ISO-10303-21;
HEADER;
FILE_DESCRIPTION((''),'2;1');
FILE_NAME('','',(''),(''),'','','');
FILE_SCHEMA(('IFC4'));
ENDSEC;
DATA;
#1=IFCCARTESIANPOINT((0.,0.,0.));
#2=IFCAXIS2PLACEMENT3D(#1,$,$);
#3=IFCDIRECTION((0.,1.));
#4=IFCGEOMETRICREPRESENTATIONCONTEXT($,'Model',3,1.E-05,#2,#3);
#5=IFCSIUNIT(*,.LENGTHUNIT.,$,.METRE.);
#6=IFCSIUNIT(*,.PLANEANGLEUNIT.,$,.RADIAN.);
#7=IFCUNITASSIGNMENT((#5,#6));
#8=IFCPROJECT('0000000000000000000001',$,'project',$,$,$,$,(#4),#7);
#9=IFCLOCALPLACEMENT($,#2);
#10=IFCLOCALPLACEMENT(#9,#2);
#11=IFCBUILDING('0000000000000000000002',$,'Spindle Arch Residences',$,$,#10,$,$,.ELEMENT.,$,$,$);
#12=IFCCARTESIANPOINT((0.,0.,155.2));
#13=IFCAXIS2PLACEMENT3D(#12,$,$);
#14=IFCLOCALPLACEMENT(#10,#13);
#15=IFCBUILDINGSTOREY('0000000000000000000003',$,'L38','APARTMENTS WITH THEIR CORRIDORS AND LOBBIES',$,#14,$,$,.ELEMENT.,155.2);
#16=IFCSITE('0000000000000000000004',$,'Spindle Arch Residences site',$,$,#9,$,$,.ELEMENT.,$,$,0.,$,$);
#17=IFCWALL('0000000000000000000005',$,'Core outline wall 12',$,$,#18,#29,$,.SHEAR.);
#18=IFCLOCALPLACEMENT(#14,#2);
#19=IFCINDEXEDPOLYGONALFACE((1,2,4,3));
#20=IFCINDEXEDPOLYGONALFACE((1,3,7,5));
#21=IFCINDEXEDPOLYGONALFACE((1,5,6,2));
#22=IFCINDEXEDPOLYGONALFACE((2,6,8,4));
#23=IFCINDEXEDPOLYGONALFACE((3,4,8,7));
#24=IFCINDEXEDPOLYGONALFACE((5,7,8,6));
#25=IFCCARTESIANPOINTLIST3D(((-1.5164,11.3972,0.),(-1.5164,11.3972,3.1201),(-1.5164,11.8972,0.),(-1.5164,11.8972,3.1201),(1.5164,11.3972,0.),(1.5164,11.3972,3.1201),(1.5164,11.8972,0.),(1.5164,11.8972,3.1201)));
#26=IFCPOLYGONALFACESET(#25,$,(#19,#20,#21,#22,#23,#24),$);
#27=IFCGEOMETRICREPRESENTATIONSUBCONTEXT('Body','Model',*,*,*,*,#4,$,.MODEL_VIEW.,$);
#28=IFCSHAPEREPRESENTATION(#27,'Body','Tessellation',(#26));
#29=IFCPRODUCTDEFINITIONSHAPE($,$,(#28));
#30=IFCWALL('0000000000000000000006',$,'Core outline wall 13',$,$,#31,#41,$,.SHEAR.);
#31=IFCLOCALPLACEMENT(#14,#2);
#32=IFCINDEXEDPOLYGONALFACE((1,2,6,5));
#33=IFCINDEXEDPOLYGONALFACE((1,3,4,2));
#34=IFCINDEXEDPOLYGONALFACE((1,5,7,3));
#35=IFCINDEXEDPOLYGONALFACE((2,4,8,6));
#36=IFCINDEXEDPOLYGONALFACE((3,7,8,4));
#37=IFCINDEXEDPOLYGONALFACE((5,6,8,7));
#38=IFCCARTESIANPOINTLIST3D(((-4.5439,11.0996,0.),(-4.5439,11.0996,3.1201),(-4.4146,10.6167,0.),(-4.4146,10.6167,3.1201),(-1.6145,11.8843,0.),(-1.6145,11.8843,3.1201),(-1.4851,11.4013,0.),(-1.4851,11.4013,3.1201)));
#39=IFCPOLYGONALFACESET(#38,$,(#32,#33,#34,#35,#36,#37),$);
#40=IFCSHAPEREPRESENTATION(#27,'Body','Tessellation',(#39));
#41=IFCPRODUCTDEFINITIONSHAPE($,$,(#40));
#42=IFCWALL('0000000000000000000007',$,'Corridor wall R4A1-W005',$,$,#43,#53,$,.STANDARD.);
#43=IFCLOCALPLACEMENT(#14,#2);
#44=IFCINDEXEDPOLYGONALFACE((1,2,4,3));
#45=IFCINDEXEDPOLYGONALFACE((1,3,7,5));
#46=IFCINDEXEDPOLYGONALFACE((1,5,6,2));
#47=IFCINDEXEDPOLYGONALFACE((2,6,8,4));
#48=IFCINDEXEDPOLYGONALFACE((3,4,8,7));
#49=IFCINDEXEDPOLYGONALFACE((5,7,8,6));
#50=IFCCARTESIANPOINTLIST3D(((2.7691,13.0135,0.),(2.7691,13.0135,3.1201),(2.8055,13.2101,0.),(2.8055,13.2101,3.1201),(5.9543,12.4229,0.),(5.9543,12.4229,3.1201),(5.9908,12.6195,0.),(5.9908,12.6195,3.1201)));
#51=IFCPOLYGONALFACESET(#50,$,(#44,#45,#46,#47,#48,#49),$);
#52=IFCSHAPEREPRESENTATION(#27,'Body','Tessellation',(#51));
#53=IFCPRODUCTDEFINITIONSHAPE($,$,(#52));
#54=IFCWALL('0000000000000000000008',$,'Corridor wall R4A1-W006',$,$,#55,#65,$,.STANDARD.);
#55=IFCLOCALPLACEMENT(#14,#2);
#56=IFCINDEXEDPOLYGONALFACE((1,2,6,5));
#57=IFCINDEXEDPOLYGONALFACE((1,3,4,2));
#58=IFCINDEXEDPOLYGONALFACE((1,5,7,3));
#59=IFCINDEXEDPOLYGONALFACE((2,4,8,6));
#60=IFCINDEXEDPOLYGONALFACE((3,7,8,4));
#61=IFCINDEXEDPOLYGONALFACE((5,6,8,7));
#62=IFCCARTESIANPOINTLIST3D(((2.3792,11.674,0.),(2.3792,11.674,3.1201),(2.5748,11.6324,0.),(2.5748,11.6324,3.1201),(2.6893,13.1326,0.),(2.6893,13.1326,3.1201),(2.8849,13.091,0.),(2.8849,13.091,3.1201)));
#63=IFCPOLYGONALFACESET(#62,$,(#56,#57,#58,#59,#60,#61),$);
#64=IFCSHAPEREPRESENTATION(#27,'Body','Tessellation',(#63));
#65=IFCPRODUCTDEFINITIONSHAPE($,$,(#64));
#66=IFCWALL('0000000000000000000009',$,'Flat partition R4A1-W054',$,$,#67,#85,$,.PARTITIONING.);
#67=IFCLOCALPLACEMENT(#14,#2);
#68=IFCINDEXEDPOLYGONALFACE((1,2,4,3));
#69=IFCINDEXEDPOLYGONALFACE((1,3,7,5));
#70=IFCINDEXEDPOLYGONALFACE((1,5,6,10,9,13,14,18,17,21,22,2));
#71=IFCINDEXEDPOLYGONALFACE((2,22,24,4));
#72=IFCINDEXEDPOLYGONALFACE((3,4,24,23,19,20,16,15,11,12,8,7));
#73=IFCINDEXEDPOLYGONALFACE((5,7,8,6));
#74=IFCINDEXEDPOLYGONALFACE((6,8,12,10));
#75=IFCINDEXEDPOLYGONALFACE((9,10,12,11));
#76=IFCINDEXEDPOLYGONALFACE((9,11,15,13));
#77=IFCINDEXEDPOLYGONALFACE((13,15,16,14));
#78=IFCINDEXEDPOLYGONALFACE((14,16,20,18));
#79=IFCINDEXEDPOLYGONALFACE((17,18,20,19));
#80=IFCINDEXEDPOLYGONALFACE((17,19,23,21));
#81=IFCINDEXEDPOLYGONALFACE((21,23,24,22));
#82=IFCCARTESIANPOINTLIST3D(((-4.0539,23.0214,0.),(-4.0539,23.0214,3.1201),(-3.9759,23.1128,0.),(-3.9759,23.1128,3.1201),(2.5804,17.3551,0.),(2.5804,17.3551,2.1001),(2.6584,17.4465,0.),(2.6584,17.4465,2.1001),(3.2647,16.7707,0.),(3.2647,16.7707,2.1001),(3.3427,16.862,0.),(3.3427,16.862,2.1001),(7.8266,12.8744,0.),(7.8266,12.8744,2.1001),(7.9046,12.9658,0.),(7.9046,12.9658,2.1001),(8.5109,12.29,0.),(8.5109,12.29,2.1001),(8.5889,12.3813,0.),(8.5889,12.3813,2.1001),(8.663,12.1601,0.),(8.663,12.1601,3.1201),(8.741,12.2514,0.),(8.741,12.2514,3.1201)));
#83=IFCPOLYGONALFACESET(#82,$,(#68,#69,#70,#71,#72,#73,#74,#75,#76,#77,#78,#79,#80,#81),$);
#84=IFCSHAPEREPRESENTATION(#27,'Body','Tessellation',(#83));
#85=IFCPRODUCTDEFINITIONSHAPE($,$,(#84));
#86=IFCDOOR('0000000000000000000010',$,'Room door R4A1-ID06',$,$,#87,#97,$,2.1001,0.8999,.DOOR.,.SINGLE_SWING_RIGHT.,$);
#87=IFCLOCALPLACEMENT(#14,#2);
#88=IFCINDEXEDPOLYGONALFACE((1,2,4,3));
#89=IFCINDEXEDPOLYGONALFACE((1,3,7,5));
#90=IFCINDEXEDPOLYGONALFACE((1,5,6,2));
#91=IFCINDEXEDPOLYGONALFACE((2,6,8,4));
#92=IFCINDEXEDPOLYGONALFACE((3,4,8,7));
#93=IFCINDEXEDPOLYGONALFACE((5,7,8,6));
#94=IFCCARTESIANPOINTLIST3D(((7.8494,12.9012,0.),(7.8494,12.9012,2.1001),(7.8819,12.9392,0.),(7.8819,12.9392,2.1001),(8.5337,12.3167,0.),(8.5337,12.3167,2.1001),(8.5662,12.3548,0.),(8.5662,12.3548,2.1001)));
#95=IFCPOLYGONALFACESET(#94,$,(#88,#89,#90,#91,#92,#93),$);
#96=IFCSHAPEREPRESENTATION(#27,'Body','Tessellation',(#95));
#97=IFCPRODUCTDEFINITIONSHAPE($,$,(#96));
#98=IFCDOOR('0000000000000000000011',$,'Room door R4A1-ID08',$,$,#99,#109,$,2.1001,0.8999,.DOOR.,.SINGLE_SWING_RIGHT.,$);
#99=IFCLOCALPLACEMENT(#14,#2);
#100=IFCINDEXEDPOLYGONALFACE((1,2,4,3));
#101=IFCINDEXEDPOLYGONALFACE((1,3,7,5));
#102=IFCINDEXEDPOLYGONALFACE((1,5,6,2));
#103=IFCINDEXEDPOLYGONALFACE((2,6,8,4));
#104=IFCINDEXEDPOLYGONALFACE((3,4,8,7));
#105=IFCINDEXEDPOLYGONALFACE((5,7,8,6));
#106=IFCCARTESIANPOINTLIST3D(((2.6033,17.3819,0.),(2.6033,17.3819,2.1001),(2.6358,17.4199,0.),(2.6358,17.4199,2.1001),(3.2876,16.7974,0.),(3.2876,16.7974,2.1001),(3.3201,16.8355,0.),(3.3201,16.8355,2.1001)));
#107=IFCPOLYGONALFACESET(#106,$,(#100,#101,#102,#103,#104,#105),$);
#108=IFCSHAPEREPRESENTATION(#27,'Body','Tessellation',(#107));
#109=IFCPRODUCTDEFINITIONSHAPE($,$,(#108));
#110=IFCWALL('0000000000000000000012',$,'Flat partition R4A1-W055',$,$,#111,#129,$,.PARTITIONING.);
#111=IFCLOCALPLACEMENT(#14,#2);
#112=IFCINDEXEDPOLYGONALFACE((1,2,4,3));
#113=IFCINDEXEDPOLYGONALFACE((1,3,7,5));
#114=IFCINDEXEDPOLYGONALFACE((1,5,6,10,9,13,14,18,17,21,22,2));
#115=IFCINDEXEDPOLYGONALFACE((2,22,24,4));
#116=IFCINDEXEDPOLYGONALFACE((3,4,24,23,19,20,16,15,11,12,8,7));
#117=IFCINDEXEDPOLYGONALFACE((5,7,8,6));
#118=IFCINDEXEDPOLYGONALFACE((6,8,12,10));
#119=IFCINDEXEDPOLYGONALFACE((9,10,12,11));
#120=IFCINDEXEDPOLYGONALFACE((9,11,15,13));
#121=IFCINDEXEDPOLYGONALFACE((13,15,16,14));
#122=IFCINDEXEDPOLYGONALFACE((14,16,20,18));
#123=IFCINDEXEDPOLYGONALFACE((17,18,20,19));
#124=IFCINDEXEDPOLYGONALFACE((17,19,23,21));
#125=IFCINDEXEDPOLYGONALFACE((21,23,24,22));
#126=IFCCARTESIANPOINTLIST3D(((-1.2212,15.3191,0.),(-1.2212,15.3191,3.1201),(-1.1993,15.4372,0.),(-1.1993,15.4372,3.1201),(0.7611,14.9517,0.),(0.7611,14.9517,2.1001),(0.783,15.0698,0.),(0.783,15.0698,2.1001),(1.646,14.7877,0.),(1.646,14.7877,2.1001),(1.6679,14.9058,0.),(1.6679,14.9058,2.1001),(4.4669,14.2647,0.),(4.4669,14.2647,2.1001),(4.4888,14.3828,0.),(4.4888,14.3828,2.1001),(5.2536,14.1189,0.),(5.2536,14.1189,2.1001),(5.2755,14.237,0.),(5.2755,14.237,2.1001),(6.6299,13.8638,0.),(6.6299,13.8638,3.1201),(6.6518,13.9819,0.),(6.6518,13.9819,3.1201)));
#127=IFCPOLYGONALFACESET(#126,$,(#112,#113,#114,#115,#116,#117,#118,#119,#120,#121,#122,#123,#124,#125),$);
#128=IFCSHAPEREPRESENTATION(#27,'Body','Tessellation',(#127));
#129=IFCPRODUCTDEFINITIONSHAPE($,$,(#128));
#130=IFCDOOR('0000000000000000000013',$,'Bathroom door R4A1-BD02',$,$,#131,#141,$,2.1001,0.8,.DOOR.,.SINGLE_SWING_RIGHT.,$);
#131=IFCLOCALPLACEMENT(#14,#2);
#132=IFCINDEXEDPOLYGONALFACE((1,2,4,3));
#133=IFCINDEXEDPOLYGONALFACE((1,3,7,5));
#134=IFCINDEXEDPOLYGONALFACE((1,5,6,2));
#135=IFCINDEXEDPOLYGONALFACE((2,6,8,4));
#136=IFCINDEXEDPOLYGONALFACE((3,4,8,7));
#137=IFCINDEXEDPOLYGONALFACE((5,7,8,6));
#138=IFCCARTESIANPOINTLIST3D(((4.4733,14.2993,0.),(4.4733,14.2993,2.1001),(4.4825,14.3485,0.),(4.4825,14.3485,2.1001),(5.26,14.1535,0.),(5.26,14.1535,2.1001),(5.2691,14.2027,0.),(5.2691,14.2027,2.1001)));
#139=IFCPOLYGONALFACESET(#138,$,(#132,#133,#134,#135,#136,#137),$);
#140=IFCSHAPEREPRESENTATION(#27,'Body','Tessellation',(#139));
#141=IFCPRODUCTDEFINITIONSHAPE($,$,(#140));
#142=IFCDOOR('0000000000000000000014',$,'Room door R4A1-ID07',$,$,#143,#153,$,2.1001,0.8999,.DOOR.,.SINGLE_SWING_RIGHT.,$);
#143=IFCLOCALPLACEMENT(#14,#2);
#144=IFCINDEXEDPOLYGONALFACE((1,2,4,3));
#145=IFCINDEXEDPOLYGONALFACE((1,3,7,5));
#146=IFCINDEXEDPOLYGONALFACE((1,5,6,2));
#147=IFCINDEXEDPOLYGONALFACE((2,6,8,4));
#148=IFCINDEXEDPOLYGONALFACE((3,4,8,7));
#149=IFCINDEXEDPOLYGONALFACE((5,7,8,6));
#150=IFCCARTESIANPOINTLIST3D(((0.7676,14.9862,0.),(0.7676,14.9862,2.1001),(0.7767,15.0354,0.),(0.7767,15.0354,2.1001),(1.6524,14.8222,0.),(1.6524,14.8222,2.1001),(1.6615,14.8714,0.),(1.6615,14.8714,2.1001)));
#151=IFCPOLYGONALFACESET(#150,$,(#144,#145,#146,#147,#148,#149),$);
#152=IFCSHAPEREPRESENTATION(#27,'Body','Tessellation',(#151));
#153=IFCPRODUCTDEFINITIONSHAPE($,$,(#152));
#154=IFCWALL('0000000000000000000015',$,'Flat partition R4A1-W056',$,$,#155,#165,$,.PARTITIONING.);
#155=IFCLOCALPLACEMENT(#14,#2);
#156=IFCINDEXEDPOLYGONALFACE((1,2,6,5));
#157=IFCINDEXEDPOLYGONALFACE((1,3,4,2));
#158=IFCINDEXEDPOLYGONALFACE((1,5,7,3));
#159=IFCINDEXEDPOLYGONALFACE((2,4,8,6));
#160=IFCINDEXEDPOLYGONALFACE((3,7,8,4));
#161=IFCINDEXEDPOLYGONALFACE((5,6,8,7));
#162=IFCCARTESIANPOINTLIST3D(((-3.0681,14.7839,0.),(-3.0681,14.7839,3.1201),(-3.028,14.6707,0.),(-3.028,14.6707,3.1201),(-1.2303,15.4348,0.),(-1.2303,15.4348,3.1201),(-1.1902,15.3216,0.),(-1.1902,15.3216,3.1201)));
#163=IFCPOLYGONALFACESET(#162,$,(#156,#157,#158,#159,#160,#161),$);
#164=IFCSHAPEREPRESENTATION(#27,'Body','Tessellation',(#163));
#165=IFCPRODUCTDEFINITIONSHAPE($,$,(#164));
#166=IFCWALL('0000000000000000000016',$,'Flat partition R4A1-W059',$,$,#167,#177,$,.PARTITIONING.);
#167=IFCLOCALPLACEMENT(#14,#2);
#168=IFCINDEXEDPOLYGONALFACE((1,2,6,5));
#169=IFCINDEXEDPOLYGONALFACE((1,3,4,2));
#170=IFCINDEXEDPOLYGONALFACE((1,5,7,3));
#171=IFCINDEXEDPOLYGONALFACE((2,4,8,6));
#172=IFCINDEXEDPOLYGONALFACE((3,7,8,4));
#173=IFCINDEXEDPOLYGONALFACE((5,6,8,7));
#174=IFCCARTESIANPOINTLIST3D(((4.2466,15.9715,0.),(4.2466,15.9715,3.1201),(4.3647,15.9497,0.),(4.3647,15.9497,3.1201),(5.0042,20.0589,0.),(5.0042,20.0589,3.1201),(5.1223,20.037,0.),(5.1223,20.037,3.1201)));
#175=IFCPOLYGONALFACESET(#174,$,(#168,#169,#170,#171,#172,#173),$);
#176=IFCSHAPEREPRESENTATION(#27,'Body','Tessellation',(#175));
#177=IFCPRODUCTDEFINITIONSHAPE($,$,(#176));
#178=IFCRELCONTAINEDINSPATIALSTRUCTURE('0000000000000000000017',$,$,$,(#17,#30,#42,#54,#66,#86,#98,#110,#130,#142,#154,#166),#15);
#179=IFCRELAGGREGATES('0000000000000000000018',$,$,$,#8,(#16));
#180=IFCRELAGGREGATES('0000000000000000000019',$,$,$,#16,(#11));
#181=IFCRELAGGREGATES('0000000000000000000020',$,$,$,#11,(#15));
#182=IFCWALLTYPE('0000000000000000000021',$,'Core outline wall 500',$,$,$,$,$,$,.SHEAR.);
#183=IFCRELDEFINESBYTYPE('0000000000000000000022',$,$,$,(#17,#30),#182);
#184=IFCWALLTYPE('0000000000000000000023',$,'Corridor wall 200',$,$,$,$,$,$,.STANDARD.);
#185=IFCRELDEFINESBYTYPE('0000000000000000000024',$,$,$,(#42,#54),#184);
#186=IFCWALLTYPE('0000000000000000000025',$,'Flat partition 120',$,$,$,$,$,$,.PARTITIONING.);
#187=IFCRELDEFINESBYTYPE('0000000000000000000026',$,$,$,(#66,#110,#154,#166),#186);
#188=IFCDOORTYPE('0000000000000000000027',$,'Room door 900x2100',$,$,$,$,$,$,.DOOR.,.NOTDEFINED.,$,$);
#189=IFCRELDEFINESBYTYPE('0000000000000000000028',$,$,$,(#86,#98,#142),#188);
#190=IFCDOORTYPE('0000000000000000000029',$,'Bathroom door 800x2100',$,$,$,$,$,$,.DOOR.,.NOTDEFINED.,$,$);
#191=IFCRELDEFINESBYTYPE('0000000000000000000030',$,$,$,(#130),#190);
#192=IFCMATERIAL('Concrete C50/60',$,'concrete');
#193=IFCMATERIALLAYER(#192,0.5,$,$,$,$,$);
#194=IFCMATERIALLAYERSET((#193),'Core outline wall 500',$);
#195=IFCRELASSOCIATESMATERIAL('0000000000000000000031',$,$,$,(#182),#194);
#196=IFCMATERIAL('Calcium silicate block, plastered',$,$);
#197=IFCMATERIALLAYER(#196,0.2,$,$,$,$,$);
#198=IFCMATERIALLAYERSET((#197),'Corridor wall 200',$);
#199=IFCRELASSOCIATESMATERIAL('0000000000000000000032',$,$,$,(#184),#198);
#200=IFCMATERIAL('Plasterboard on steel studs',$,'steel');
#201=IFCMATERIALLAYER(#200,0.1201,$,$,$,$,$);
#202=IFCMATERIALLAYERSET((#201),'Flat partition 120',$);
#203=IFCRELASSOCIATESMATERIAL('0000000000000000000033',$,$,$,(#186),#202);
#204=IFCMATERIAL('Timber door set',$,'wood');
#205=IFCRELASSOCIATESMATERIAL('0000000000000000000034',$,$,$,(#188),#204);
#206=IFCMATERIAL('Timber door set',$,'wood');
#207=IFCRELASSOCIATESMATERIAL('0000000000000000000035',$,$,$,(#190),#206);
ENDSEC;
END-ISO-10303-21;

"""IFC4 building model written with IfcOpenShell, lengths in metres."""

from ifc_helpers import new_model, si_unit, direction, frame, frame_2d, origin, place, context, subcontext, project, spatial, rectangle, extrude, material, layer, layer_set, type_object, element, fill, save


model = new_model("IFC4")

# Units and contexts
model_context = context("Model", 3, precision=1e-05, world=origin(), true_north=direction((0.0, 1.0)))
body_context = subcontext(model_context, "Body", "Model", "MODEL_VIEW")
ifc_project = project(units=[si_unit("LENGTHUNIT", "METRE"), si_unit("PLANEANGLEUNIT", "RADIAN")], contexts=[model_context])

# Site, building, storey
site_placement = place(None, origin())
site = spatial("IfcSite", under=ifc_project, at=site_placement, Name="Spindle Arch Residences site", CompositionType="ELEMENT", RefElevation=0.0)
building_placement = place(site_placement, origin())
building = spatial("IfcBuilding", under=site, at=building_placement, Name="Spindle Arch Residences", CompositionType="ELEMENT")
storey_placement = place(building_placement, frame((0.0, 0.0, 155.2)))
storey = spatial("IfcBuildingStorey", under=building, at=storey_placement, Name="L38", Description="APARTMENTS WITH THEIR CORRIDORS AND LOBBIES", CompositionType="ELEMENT", Elevation=155.2)

# Walls
ifc_material_1 = material(Name="Concrete C50/60", Category="concrete")
ifc_layer_1 = layer(ifc_material_1, 0.5)
ifc_layer_set_1 = layer_set([ifc_layer_1], Name="Core outline wall 500")
wall_type_1 = type_object("IfcWallType", Name="Core outline wall 500", PredefinedType="SHEAR", material=ifc_layer_set_1)
for number, where, z_axis, x_axis, name in (
    (1, (1.5164, 11.6472, 0.0), (0.0, 0.0, 1.0), (-1.0, 0.0, 0.0), "Core outline wall 12"),
    (2, (-1.5498, 11.6428, 0.0), (0.0, 0.0, 1.0), (-0.965948, -0.258735, 0.0), "Core outline wall 13"),
):
    element("IfcWall", number, at=place(storey_placement, frame(where, z_axis=z_axis, x_axis=x_axis)), inside=storey, type_object=wall_type_1, Name=name, PredefinedType="SHEAR", context=body_context, shape_type="SweptSolid", body=[
        extrude(rectangle(XDim=3.0327, YDim=0.5, at=frame_2d((1.5164, 0.0))), origin(), (0.0, 0.0, 1.0), 3.1201),
    ])
ifc_material_2 = material(Name="Calcium silicate block, plastered")
ifc_layer_2 = layer(ifc_material_2, 0.2)
ifc_layer_set_2 = layer_set([ifc_layer_2], Name="Corridor wall 200")
wall_type_2 = type_object("IfcWallType", Name="Corridor wall 200", PredefinedType="STANDARD", material=ifc_layer_set_2)
wall_1_placement = place(storey_placement, frame((5.9724, 12.5212, 0.0), z_axis=(0.0, 0.0, 1.0), x_axis=(-0.983243, 0.1823, 0.0)))
element("IfcWall", 3, at=wall_1_placement, inside=storey, type_object=wall_type_2, Name="Corridor wall R4A1-W005", PredefinedType="STANDARD", context=body_context, shape_type="SweptSolid", body=[
    extrude(rectangle(XDim=3.2395, YDim=0.2, at=frame_2d((1.6196, 0.0))), origin(), (0.0, 0.0, 1.0), 3.1201),
])
wall_2_placement = place(storey_placement, frame((2.7871, 13.1118, 0.0), z_axis=(0.0, 0.0, 1.0), x_axis=(-0.207941, -0.978141, 0.0)))
element("IfcWall", 4, at=wall_2_placement, inside=storey, type_object=wall_type_2, Name="Corridor wall R4A1-W006", PredefinedType="STANDARD", context=body_context, shape_type="SweptSolid", body=[
    extrude(rectangle(XDim=1.4912, YDim=0.2, at=frame_2d((0.7456, 0.0))), origin(), (0.0, 0.0, 1.0), 3.1201),
])

# Walls, openings, doors
ifc_material_3 = material(Name="Plasterboard on steel studs", Category="steel")
ifc_layer_3 = layer(ifc_material_3, 0.1201)
ifc_layer_set_3 = layer_set([ifc_layer_3], Name="Flat partition 120")
wall_type_3 = type_object("IfcWallType", Name="Flat partition 120", PredefinedType="PARTITIONING", material=ifc_layer_set_3)
wall_3_placement = place(storey_placement, frame((8.7019, 12.2058, 0.0), z_axis=(0.0, 0.0, 1.0), x_axis=(-0.760401, 0.649453, 0.0)))
wall_3 = element("IfcWall", 5, at=wall_3_placement, inside=storey, type_object=wall_type_3, Name="Flat partition R4A1-W054", PredefinedType="PARTITIONING", context=body_context, shape_type="SweptSolid", body=[
    extrude(rectangle(XDim=16.7239, YDim=0.1201, at=frame_2d((8.3618, 0.0))), origin(), (0.0, 0.0, 1.0), 3.1201),
])
opening_1_placement = place(wall_3_placement, frame((0.2, 0.0, 0.0)))
opening_1 = element("IfcOpeningElement", 6, at=opening_1_placement, cuts=wall_3, PredefinedType="OPENING", context=body_context, shape_type="SweptSolid", body=[
    extrude(rectangle(XDim=0.8999, YDim=2.1001, at=frame_2d((0.45, 1.05))), frame((0.0, 0.0701, 0.0), z_axis=(0.0, -1.0, 0.0), x_axis=(1.0, 0.0, 0.0)), (0.0, 0.0, 1.0), 0.1401),
])
opening_2_placement = place(wall_3_placement, frame((7.0991, 0.0, 0.0)))
opening_2 = element("IfcOpeningElement", 7, at=opening_2_placement, cuts=wall_3, PredefinedType="OPENING", context=body_context, shape_type="SweptSolid", body=[
    extrude(rectangle(XDim=0.8999, YDim=2.1001, at=frame_2d((0.45, 1.05))), frame((0.0, 0.0701, 0.0), z_axis=(0.0, -1.0, 0.0), x_axis=(1.0, 0.0, 0.0)), (0.0, 0.0, 1.0), 0.1401),
])
ifc_material_4 = material(Name="Timber door set", Category="wood")
door_type_1 = type_object("IfcDoorType", Name="Room door 900x2100", OperationType="NOTDEFINED", PredefinedType="DOOR", material=ifc_material_4)
door_1_placement = place(opening_1_placement, origin())
door_1 = element("IfcDoor", 8, at=door_1_placement, inside=storey, type_object=door_type_1, Name="Room door R4A1-ID06", OperationType="SINGLE_SWING_RIGHT", OverallHeight=2.1001, OverallWidth=0.8999, PredefinedType="DOOR", context=body_context, shape_type="SweptSolid", body=[
    extrude(rectangle(XDim=0.8999, YDim=2.1001, at=frame_2d((0.45, 1.05))), frame((0.0, 0.0249, 0.0), z_axis=(0.0, -1.0, 0.0), x_axis=(1.0, 0.0, 0.0)), (0.0, 0.0, 1.0), 0.05),
])
fill(opening_1, door_1)
door_2_placement = place(opening_2_placement, origin())
door_2 = element("IfcDoor", 9, at=door_2_placement, inside=storey, type_object=door_type_1, Name="Room door R4A1-ID08", OperationType="SINGLE_SWING_RIGHT", OverallHeight=2.1001, OverallWidth=0.8999, PredefinedType="DOOR", context=body_context, shape_type="SweptSolid", body=[
    extrude(rectangle(XDim=0.8999, YDim=2.1001, at=frame_2d((0.45, 1.05))), frame((0.0, 0.0249, 0.0), z_axis=(0.0, -1.0, 0.0), x_axis=(1.0, 0.0, 0.0)), (0.0, 0.0, 1.0), 0.05),
])
fill(opening_2, door_2)
wall_4_placement = place(storey_placement, frame((6.6409, 13.9229, 0.0), z_axis=(0.0, 0.0, 1.0), x_axis=(-0.98325, 0.182261, 0.0)))
wall_4 = element("IfcWall", 10, at=wall_4_placement, inside=storey, type_object=wall_type_3, Name="Flat partition R4A1-W055", PredefinedType="PARTITIONING", context=body_context, shape_type="SweptSolid", body=[
    extrude(rectangle(XDim=7.9849, YDim=0.1201, at=frame_2d((3.9924, 0.0))), origin(), (0.0, 0.0, 1.0), 3.1201),
])
opening_3_placement = place(wall_4_placement, frame((1.3999, 0.0, 0.0)))
opening_3 = element("IfcOpeningElement", 11, at=opening_3_placement, cuts=wall_4, PredefinedType="OPENING", context=body_context, shape_type="SweptSolid", body=[
    extrude(rectangle(XDim=0.8, YDim=2.1001, at=frame_2d((0.3999, 1.05))), frame((0.0, 0.0701, 0.0), z_axis=(0.0, -1.0, 0.0), x_axis=(1.0, 0.0, 0.0)), (0.0, 0.0, 1.0), 0.1401),
])
opening_4_placement = place(wall_4_placement, frame((5.0688, 0.0, 0.0)))
opening_4 = element("IfcOpeningElement", 12, at=opening_4_placement, cuts=wall_4, PredefinedType="OPENING", context=body_context, shape_type="SweptSolid", body=[
    extrude(rectangle(XDim=0.8999, YDim=2.1001, at=frame_2d((0.45, 1.05))), frame((0.0, 0.0701, 0.0), z_axis=(0.0, -1.0, 0.0), x_axis=(1.0, 0.0, 0.0)), (0.0, 0.0, 1.0), 0.1401),
])
ifc_material_5 = material(Name="Timber door set", Category="wood")
door_type_2 = type_object("IfcDoorType", Name="Bathroom door 800x2100", OperationType="NOTDEFINED", PredefinedType="DOOR", material=ifc_material_5)
door_3_placement = place(opening_3_placement, origin())
door_3 = element("IfcDoor", 13, at=door_3_placement, inside=storey, type_object=door_type_2, Name="Bathroom door R4A1-BD02", OperationType="SINGLE_SWING_RIGHT", OverallHeight=2.1001, OverallWidth=0.8, PredefinedType="DOOR", context=body_context, shape_type="SweptSolid", body=[
    extrude(rectangle(XDim=0.8, YDim=2.1001, at=frame_2d((0.3999, 1.05))), frame((0.0, 0.0249, 0.0), z_axis=(0.0, -1.0, 0.0), x_axis=(1.0, 0.0, 0.0)), (0.0, 0.0, 1.0), 0.05),
])
fill(opening_3, door_3)
door_4_placement = place(opening_4_placement, origin())
door_4 = element("IfcDoor", 14, at=door_4_placement, inside=storey, type_object=door_type_1, Name="Room door R4A1-ID07", OperationType="SINGLE_SWING_RIGHT", OverallHeight=2.1001, OverallWidth=0.8999, PredefinedType="DOOR", context=body_context, shape_type="SweptSolid", body=[
    extrude(rectangle(XDim=0.8999, YDim=2.1001, at=frame_2d((0.45, 1.05))), frame((0.0, 0.0249, 0.0), z_axis=(0.0, -1.0, 0.0), x_axis=(1.0, 0.0, 0.0)), (0.0, 0.0, 1.0), 0.05),
])
fill(opening_4, door_4)

# Walls
wall_5_placement = place(storey_placement, frame((-1.2102, 15.3782, 0.0), z_axis=(0.0, 0.0, 1.0), x_axis=(-0.942634, -0.333829, 0.0)))
element("IfcWall", 15, at=wall_5_placement, inside=storey, type_object=wall_type_3, Name="Flat partition R4A1-W056", PredefinedType="PARTITIONING", context=body_context, shape_type="SweptSolid", body=[
    extrude(rectangle(XDim=1.9497, YDim=0.1201, at=frame_2d((0.9749, 0.0))), origin(), (0.0, 0.0, 1.0), 3.1201),
])
wall_6_placement = place(storey_placement, frame((5.0632, 20.0481, 0.0), z_axis=(0.0, 0.0, 1.0), x_axis=(-0.182239, -0.983254, 0.0)))
element("IfcWall", 16, at=wall_6_placement, inside=storey, type_object=wall_type_3, Name="Flat partition R4A1-W059", PredefinedType="PARTITIONING", context=body_context, shape_type="SweptSolid", body=[
    extrude(rectangle(XDim=4.157, YDim=0.1201, at=frame_2d((2.0786, 0.0))), origin(), (0.0, 0.0, 1.0), 3.1201),
])

save(model, "model.ifc")
